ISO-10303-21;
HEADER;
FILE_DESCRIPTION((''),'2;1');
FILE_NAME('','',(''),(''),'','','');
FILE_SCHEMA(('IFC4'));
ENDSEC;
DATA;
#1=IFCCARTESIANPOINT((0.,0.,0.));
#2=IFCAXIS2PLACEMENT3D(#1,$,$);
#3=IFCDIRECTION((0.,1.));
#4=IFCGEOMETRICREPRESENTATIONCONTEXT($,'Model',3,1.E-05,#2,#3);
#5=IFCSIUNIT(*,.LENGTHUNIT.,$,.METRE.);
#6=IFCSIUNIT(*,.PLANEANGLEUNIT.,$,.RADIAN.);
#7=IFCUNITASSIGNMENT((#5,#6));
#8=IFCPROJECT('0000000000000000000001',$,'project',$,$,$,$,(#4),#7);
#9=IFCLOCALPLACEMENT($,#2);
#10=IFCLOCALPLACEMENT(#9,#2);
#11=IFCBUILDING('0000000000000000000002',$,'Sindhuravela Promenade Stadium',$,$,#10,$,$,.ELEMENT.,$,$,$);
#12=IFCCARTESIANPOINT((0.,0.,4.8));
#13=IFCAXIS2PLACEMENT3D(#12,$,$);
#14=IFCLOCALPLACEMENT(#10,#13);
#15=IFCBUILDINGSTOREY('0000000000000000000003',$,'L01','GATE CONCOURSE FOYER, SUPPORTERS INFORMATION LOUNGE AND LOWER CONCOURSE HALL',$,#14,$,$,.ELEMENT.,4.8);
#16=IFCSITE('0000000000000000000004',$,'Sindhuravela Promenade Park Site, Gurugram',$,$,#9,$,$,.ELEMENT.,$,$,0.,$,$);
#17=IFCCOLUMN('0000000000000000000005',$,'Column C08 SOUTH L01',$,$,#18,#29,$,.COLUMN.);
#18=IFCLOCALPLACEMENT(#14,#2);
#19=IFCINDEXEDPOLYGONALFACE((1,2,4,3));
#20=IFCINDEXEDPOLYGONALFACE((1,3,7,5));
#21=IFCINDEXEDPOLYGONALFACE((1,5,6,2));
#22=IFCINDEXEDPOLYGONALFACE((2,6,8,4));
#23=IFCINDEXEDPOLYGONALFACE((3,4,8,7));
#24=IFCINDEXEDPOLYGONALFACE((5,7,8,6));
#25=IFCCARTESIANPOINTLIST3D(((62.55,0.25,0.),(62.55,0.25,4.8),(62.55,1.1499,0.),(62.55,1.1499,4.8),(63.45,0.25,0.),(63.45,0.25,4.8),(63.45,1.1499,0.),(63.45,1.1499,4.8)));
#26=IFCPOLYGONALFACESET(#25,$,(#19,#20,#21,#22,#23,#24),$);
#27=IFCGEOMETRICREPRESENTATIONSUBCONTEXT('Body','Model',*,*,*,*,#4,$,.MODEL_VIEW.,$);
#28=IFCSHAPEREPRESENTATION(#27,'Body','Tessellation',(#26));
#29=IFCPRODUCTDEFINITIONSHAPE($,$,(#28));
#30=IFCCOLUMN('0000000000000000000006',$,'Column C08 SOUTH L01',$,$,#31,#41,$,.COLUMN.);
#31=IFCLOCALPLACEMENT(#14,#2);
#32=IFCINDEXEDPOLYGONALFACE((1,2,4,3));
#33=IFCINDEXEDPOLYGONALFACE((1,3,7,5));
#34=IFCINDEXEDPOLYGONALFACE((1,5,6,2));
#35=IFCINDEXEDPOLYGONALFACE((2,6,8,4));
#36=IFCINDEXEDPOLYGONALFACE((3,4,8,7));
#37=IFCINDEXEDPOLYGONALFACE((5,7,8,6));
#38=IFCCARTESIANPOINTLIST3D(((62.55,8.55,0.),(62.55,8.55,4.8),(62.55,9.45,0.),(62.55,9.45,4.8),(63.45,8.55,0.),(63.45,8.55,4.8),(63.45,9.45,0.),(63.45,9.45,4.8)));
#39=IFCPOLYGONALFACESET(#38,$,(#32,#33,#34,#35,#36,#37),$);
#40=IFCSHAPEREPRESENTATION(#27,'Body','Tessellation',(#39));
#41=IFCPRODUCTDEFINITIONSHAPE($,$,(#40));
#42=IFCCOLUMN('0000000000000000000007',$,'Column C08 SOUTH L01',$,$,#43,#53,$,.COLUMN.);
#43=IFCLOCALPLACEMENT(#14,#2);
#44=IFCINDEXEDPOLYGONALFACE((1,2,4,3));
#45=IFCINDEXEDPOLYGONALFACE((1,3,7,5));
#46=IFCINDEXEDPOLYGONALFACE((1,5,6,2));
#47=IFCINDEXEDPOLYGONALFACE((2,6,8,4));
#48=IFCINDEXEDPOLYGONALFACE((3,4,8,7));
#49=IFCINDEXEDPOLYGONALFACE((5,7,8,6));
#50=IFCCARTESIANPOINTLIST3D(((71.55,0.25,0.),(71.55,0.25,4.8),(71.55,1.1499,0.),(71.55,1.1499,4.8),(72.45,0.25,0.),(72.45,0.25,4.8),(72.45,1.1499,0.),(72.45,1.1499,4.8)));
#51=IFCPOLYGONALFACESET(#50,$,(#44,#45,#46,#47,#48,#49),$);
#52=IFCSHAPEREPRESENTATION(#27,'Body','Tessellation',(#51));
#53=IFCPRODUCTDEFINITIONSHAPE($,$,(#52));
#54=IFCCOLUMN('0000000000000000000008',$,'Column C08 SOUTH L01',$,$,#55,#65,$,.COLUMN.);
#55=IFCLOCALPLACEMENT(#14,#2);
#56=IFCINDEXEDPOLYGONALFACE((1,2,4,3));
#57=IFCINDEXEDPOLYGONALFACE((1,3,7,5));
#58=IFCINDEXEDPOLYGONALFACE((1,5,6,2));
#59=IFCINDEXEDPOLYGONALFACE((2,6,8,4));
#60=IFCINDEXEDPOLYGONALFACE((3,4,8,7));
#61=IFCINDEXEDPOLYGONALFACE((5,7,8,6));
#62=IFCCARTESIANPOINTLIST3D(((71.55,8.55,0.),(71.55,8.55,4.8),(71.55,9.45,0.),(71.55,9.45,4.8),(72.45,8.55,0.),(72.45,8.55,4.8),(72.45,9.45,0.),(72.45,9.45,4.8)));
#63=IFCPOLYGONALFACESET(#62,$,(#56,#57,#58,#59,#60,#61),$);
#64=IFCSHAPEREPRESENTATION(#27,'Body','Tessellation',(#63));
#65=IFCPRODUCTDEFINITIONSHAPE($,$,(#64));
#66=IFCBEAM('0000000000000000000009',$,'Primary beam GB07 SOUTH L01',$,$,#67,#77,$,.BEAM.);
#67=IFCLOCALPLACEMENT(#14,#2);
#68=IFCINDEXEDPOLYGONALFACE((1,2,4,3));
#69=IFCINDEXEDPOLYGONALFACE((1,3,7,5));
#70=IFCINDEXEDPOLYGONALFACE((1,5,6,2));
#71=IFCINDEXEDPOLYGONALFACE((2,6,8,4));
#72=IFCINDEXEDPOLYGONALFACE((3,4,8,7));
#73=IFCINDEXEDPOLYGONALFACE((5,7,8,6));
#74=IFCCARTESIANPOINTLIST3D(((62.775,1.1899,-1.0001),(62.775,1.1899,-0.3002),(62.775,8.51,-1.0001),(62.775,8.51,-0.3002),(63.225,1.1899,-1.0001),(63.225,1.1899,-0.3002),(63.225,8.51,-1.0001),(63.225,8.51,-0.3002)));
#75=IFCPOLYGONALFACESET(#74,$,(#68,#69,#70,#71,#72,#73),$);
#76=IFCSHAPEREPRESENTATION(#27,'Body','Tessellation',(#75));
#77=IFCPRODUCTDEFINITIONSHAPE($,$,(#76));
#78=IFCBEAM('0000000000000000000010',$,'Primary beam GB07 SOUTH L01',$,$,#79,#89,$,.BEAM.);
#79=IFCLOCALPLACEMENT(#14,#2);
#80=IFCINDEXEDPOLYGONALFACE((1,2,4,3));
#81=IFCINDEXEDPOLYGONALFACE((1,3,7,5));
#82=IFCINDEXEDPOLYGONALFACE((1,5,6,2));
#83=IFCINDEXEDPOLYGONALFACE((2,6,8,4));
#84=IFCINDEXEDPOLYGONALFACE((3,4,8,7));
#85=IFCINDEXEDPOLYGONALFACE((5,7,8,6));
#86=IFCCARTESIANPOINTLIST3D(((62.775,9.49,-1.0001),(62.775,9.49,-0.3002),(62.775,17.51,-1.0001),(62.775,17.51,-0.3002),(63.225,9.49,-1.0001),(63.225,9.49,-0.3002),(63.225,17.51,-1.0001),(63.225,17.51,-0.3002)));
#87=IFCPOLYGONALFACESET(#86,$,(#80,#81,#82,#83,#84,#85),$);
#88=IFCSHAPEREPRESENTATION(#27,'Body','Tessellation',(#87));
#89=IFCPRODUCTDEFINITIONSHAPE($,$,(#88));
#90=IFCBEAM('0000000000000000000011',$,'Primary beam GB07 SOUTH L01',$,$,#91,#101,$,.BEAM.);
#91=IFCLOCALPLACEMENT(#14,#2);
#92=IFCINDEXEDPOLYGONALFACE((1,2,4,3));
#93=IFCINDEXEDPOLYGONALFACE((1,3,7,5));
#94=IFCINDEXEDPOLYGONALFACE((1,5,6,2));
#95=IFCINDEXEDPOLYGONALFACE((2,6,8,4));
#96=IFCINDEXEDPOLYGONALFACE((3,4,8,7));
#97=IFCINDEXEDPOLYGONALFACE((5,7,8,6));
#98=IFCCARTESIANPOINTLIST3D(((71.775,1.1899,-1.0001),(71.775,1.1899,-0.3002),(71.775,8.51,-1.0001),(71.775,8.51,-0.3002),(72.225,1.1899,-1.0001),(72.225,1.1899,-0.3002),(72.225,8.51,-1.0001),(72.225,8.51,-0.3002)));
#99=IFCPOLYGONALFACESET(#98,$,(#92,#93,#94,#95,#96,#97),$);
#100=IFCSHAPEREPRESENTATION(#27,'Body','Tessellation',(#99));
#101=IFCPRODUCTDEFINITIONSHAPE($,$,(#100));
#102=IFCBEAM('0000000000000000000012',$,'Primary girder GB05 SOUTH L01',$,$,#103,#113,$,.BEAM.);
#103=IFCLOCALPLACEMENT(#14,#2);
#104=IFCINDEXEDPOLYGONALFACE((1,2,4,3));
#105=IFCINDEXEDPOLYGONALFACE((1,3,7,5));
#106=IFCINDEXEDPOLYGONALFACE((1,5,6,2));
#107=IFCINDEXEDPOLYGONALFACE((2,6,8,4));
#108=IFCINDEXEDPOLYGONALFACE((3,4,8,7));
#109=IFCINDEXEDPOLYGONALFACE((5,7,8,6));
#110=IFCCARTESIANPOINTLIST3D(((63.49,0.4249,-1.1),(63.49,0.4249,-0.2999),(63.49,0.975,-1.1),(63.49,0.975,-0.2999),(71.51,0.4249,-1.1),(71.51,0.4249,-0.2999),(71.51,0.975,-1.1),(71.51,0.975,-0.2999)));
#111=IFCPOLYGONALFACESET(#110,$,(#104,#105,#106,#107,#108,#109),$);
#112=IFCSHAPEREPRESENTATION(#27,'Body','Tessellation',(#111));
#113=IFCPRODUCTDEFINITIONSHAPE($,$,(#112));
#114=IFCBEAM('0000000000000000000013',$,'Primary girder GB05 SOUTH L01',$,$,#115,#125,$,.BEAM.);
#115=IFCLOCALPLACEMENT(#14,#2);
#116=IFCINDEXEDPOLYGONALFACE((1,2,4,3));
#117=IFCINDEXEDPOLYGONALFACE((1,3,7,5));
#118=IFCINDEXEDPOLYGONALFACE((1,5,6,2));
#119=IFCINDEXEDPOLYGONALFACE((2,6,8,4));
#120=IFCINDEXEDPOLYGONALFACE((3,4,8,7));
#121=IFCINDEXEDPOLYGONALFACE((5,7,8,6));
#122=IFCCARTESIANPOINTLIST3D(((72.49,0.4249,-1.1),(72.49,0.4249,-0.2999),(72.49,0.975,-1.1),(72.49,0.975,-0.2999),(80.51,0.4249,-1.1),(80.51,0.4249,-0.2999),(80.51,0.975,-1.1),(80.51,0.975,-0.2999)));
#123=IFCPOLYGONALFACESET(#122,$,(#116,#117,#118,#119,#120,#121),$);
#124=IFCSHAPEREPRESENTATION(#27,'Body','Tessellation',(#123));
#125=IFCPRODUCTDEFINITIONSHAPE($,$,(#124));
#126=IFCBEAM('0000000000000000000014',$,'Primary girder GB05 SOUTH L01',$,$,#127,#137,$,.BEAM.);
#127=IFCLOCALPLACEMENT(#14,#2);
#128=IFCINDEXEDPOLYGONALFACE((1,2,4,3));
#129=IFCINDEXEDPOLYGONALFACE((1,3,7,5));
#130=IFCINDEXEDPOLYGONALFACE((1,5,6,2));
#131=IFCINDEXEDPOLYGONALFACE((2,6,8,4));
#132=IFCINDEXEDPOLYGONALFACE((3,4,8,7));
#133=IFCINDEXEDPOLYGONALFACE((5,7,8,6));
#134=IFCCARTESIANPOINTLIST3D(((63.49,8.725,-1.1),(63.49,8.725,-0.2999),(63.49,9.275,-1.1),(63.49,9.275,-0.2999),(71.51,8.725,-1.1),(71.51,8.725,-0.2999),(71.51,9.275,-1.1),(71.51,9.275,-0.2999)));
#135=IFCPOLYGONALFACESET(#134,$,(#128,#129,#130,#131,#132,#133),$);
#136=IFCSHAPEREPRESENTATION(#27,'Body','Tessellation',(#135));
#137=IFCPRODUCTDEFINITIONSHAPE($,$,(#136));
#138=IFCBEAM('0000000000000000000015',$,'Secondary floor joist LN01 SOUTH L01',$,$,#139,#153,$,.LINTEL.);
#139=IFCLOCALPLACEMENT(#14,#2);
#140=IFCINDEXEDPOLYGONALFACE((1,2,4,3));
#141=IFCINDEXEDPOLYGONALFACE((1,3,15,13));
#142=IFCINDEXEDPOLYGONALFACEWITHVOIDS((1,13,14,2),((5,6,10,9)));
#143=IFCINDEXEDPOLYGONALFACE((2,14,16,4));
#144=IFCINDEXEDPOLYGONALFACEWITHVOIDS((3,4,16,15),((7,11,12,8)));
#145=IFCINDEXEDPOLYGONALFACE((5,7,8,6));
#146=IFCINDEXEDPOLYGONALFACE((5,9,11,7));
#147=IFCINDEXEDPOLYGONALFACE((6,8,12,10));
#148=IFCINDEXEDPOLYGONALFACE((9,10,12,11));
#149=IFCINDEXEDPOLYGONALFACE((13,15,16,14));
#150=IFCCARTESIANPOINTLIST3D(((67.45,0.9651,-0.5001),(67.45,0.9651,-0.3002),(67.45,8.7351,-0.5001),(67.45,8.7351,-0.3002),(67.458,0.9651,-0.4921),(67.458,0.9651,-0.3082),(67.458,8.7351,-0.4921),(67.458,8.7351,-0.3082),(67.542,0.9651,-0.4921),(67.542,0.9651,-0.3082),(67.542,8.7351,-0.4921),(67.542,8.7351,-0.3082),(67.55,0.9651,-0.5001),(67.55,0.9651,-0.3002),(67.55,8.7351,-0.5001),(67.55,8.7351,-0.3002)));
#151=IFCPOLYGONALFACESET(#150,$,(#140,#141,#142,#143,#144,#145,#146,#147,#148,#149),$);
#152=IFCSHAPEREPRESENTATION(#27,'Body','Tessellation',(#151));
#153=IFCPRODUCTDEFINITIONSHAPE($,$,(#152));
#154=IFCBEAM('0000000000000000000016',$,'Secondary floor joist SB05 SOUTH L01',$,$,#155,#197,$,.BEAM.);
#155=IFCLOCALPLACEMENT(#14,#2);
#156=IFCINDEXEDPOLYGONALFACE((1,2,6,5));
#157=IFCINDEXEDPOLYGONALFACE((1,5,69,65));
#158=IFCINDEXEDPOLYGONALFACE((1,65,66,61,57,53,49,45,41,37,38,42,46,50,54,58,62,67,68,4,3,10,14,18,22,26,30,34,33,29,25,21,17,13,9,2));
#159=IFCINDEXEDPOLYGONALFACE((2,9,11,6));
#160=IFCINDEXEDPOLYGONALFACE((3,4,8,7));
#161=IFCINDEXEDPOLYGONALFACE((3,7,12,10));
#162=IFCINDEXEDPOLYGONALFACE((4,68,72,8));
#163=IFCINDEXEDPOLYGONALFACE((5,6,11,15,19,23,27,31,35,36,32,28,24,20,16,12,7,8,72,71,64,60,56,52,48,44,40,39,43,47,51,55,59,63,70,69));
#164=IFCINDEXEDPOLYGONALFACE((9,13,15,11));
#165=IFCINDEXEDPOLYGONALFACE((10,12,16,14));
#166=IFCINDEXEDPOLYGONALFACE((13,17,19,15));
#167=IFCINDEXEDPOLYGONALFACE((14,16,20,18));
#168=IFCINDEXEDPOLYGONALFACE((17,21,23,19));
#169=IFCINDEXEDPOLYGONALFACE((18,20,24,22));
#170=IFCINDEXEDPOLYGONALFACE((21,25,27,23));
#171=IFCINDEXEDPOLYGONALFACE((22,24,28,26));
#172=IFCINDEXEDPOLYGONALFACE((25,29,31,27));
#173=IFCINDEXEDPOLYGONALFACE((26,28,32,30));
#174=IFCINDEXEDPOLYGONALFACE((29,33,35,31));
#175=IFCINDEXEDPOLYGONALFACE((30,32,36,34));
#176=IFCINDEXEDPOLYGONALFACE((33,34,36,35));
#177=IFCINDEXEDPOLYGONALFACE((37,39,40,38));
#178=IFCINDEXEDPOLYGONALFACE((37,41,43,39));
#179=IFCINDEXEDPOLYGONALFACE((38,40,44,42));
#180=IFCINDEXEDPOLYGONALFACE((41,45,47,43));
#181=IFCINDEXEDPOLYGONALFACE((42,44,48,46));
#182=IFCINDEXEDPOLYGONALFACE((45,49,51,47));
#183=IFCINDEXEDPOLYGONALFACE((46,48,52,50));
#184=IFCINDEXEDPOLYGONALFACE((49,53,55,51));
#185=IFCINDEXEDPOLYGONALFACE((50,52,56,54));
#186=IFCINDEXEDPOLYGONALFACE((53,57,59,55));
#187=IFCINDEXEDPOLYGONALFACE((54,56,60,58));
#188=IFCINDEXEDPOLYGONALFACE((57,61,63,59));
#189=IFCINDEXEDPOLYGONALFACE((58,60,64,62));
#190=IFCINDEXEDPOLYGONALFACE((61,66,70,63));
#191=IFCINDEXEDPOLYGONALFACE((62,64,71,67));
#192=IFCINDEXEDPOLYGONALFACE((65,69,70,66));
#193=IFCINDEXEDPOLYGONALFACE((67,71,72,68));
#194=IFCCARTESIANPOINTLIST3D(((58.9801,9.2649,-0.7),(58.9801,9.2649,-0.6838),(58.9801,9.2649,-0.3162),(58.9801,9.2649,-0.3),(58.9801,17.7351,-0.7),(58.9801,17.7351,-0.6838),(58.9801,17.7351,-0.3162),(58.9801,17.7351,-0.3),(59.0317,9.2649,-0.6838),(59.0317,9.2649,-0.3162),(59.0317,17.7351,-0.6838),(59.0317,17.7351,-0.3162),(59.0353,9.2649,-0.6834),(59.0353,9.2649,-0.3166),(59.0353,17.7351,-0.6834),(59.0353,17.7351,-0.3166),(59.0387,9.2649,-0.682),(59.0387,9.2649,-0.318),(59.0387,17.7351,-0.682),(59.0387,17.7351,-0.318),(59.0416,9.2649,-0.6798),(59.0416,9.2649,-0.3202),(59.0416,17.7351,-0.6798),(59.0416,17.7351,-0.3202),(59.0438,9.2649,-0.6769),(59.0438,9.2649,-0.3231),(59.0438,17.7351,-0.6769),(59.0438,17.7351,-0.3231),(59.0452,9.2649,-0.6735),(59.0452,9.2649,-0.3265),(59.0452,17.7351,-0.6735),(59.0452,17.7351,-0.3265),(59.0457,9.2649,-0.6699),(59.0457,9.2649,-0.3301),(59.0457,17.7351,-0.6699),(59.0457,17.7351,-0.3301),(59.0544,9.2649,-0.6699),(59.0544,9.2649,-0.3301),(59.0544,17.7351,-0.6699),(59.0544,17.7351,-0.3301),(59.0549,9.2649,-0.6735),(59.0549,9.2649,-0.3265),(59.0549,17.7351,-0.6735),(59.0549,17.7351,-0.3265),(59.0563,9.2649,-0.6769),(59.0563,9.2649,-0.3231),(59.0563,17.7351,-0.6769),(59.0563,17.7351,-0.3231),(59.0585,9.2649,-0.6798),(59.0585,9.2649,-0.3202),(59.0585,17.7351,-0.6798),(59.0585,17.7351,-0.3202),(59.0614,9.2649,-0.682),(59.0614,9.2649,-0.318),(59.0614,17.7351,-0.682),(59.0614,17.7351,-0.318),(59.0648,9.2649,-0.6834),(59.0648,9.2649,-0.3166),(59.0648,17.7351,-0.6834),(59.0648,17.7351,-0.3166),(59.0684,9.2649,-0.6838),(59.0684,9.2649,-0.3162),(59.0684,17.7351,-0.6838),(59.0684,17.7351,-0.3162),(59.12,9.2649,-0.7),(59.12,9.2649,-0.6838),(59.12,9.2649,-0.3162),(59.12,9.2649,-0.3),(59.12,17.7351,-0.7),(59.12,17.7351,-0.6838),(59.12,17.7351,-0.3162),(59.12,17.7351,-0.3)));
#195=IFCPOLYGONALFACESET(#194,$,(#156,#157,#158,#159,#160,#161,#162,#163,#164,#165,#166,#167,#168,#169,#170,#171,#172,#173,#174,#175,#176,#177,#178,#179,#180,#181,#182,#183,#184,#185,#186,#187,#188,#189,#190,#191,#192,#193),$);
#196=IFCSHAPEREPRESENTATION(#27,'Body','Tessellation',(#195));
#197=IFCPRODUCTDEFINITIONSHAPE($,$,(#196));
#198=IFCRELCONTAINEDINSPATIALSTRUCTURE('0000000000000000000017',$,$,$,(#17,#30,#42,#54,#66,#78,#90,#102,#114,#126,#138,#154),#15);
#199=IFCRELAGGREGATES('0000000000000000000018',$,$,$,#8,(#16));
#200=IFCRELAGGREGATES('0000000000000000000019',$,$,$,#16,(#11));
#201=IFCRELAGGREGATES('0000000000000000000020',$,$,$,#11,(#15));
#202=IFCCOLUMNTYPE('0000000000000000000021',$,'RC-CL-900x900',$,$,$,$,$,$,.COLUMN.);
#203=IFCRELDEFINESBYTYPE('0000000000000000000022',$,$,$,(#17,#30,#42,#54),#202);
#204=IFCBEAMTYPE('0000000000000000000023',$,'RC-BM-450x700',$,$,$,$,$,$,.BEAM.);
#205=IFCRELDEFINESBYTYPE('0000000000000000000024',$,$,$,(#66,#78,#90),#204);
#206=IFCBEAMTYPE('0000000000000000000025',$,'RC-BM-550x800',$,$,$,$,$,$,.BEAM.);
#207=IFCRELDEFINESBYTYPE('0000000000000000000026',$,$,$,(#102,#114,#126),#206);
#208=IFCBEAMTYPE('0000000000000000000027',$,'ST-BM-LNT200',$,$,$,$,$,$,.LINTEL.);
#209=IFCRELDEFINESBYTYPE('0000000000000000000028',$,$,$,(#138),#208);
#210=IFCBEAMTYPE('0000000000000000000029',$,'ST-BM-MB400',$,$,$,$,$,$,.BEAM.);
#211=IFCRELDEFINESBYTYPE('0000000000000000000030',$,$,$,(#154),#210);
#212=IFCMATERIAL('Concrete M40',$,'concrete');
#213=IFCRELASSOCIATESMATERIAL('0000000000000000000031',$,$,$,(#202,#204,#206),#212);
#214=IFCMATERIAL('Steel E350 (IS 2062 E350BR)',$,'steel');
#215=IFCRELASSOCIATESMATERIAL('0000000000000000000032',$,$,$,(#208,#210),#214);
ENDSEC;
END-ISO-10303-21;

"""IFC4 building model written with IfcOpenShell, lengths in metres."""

from ifc_helpers import new_model, si_unit, direction, frame, origin, origin_2d, place, context, subcontext, project, spatial, rectangle, hollow_rectangle, i_section, extrude, material, material_profile, profile_set, type_object, element, save


model = new_model("IFC4")

# Units and contexts
model_context = context("Model", 3, precision=1e-05, world=origin(), true_north=direction((0.0, 1.0)))
body_context = subcontext(model_context, "Body", "Model", "MODEL_VIEW")
ifc_project = project(units=[si_unit("LENGTHUNIT", "METRE"), si_unit("PLANEANGLEUNIT", "RADIAN")], contexts=[model_context])

# Site, building, storey
site_placement = place(None, origin())
site = spatial("IfcSite", under=ifc_project, at=site_placement, Name="Sindhuravela Promenade Park Site, Gurugram", CompositionType="ELEMENT", RefElevation=0.0)
building_placement = place(site_placement, origin())
building = spatial("IfcBuilding", under=site, at=building_placement, Name="Sindhuravela Promenade Stadium", CompositionType="ELEMENT")
storey_placement = place(building_placement, frame((0.0, 0.0, 4.8)))
storey = spatial("IfcBuildingStorey", under=building, at=storey_placement, Name="L01", Description="GATE CONCOURSE FOYER, SUPPORTERS INFORMATION LOUNGE AND LOWER CONCOURSE HALL", CompositionType="ELEMENT", Elevation=4.8)

# Columns
ifc_material_1 = material(Name="Concrete M40", Category="concrete")
ifc_material_profile_1 = material_profile(ifc_material_1, rectangle(XDim=0.8999, YDim=0.8999, at=origin_2d()), Name="RC 900x900")
ifc_profile_set_1 = profile_set([ifc_material_profile_1], Name="Concrete M40")
column_type = type_object("IfcColumnType", Name="RC-CL-900x900", PredefinedType="COLUMN", material=ifc_profile_set_1)
for number, where, z_axis, x_axis, name in (
    (1, (63.0, 0.7, 0.0), (0.0, 0.0, 1.0), (1.0, 0.0, 0.0), "Column C08 SOUTH L01"),
    (2, (63.0, 9.0, 0.0), (0.0, 0.0, 1.0), (1.0, 0.0, 0.0), "Column C08 SOUTH L01"),
    (3, (72.0, 0.7, 0.0), (0.0, 0.0, 1.0), (1.0, 0.0, 0.0), "Column C08 SOUTH L01"),
    (4, (72.0, 9.0, 0.0), (0.0, 0.0, 1.0), (1.0, 0.0, 0.0), "Column C08 SOUTH L01"),
):
    element("IfcColumn", number, at=place(storey_placement, frame(where, z_axis=z_axis, x_axis=x_axis)), inside=storey, type_object=column_type, Name=name, PredefinedType="COLUMN", context=body_context, shape_type="SweptSolid", body=[
        extrude(rectangle(XDim=0.8999, YDim=0.8999, at=origin_2d()), origin(), (0.0, 0.0, 1.0), 4.8),
    ])

# Beams
ifc_material_profile_2 = material_profile(ifc_material_1, rectangle(XDim=0.45, YDim=0.7, at=origin_2d()), Name="RC 450x700")
ifc_profile_set_2 = profile_set([ifc_material_profile_2], Name="Concrete M40")
beam_type_1 = type_object("IfcBeamType", Name="RC-BM-450x700", PredefinedType="BEAM", material=ifc_profile_set_2)
beam_1_placement = place(storey_placement, frame((63.0, 1.1899, -0.6501), z_axis=(0.0, 1.0, 0.0), x_axis=(-1.0, 0.0, 0.0)))
element("IfcBeam", 5, at=beam_1_placement, inside=storey, type_object=beam_type_1, Name="Primary beam GB07 SOUTH L01", PredefinedType="BEAM", context=body_context, shape_type="SweptSolid", body=[
    extrude(rectangle(XDim=0.45, YDim=0.7, at=origin_2d()), origin(), (0.0, 0.0, 1.0), 7.3201),
])
beam_2_placement = place(storey_placement, frame((63.0, 9.49, -0.6501), z_axis=(0.0, 1.0, 0.0), x_axis=(-1.0, 0.0, 0.0)))
element("IfcBeam", 6, at=beam_2_placement, inside=storey, type_object=beam_type_1, Name="Primary beam GB07 SOUTH L01", PredefinedType="BEAM", context=body_context, shape_type="SweptSolid", body=[
    extrude(rectangle(XDim=0.45, YDim=0.7, at=origin_2d()), origin(), (0.0, 0.0, 1.0), 8.02),
])
beam_3_placement = place(storey_placement, frame((72.0, 1.1899, -0.6501), z_axis=(0.0, 1.0, 0.0), x_axis=(-1.0, 0.0, 0.0)))
element("IfcBeam", 7, at=beam_3_placement, inside=storey, type_object=beam_type_1, Name="Primary beam GB07 SOUTH L01", PredefinedType="BEAM", context=body_context, shape_type="SweptSolid", body=[
    extrude(rectangle(XDim=0.45, YDim=0.7, at=origin_2d()), origin(), (0.0, 0.0, 1.0), 7.3201),
])
ifc_material_profile_3 = material_profile(ifc_material_1, rectangle(XDim=0.55, YDim=0.8, at=origin_2d()), Name="RC 550x800")
ifc_profile_set_3 = profile_set([ifc_material_profile_3], Name="Concrete M40")
beam_type_2 = type_object("IfcBeamType", Name="RC-BM-550x800", PredefinedType="BEAM", material=ifc_profile_set_3)
for number, where, z_axis, x_axis, name in (
    (8, (63.49, 0.7, -0.7), (1.0, 0.0, 0.0), (0.0, 1.0, 0.0), "Primary girder GB05 SOUTH L01"),
    (9, (72.49, 0.7, -0.7), (1.0, 0.0, 0.0), (0.0, 1.0, 0.0), "Primary girder GB05 SOUTH L01"),
    (10, (63.49, 9.0, -0.7), (1.0, 0.0, 0.0), (0.0, 1.0, 0.0), "Primary girder GB05 SOUTH L01"),
):
    element("IfcBeam", number, at=place(storey_placement, frame(where, z_axis=z_axis, x_axis=x_axis)), inside=storey, type_object=beam_type_2, Name=name, PredefinedType="BEAM", context=body_context, shape_type="SweptSolid", body=[
        extrude(rectangle(XDim=0.55, YDim=0.8, at=origin_2d()), origin(), (0.0, 0.0, 1.0), 8.02),
    ])
ifc_material_2 = material(Name="Steel E350 (IS 2062 E350BR)", Category="steel")
ifc_material_profile_4 = material_profile(ifc_material_2, hollow_rectangle(XDim=0.1001, YDim=0.2, WallThickness=0.0081, at=origin_2d()), Name="RHS 200x100x8")
ifc_profile_set_4 = profile_set([ifc_material_profile_4], Name="Steel E350 (IS 2062 E350BR)")
beam_type_3 = type_object("IfcBeamType", Name="ST-BM-LNT200", PredefinedType="LINTEL", material=ifc_profile_set_4)
beam_4_placement = place(storey_placement, frame((67.5, 0.9651, -0.4001), z_axis=(0.0, 1.0, 0.0), x_axis=(-1.0, 0.0, 0.0)))
element("IfcBeam", 11, at=beam_4_placement, inside=storey, type_object=beam_type_3, Name="Secondary floor joist LN01 SOUTH L01", PredefinedType="LINTEL", context=body_context, shape_type="SweptSolid", body=[
    extrude(hollow_rectangle(XDim=0.1001, YDim=0.2, WallThickness=0.0081, at=origin_2d()), origin(), (0.0, 0.0, 1.0), 7.77),
])
ifc_material_profile_5 = material_profile(ifc_material_2, i_section(OverallWidth=0.1399, OverallDepth=0.3999, WebThickness=0.0088, FlangeThickness=0.0161, FilletRadius=0.0139, at=origin_2d()), Name="ISMB 400")
ifc_profile_set_5 = profile_set([ifc_material_profile_5], Name="Steel E350 (IS 2062 E350BR)")
beam_type_4 = type_object("IfcBeamType", Name="ST-BM-MB400", PredefinedType="BEAM", material=ifc_profile_set_5)
beam_5_placement = place(storey_placement, frame((59.05, 9.2649, -0.5), z_axis=(0.0, 1.0, 0.0), x_axis=(-1.0, 0.0, 0.0)))
element("IfcBeam", 12, at=beam_5_placement, inside=storey, type_object=beam_type_4, Name="Secondary floor joist SB05 SOUTH L01", PredefinedType="BEAM", context=body_context, shape_type="SweptSolid", body=[
    extrude(i_section(OverallWidth=0.1399, OverallDepth=0.3999, WebThickness=0.0088, FlangeThickness=0.0161, FilletRadius=0.0139, at=origin_2d()), origin(), (0.0, 0.0, 1.0), 8.4702),
])

save(model, "model.ifc")
